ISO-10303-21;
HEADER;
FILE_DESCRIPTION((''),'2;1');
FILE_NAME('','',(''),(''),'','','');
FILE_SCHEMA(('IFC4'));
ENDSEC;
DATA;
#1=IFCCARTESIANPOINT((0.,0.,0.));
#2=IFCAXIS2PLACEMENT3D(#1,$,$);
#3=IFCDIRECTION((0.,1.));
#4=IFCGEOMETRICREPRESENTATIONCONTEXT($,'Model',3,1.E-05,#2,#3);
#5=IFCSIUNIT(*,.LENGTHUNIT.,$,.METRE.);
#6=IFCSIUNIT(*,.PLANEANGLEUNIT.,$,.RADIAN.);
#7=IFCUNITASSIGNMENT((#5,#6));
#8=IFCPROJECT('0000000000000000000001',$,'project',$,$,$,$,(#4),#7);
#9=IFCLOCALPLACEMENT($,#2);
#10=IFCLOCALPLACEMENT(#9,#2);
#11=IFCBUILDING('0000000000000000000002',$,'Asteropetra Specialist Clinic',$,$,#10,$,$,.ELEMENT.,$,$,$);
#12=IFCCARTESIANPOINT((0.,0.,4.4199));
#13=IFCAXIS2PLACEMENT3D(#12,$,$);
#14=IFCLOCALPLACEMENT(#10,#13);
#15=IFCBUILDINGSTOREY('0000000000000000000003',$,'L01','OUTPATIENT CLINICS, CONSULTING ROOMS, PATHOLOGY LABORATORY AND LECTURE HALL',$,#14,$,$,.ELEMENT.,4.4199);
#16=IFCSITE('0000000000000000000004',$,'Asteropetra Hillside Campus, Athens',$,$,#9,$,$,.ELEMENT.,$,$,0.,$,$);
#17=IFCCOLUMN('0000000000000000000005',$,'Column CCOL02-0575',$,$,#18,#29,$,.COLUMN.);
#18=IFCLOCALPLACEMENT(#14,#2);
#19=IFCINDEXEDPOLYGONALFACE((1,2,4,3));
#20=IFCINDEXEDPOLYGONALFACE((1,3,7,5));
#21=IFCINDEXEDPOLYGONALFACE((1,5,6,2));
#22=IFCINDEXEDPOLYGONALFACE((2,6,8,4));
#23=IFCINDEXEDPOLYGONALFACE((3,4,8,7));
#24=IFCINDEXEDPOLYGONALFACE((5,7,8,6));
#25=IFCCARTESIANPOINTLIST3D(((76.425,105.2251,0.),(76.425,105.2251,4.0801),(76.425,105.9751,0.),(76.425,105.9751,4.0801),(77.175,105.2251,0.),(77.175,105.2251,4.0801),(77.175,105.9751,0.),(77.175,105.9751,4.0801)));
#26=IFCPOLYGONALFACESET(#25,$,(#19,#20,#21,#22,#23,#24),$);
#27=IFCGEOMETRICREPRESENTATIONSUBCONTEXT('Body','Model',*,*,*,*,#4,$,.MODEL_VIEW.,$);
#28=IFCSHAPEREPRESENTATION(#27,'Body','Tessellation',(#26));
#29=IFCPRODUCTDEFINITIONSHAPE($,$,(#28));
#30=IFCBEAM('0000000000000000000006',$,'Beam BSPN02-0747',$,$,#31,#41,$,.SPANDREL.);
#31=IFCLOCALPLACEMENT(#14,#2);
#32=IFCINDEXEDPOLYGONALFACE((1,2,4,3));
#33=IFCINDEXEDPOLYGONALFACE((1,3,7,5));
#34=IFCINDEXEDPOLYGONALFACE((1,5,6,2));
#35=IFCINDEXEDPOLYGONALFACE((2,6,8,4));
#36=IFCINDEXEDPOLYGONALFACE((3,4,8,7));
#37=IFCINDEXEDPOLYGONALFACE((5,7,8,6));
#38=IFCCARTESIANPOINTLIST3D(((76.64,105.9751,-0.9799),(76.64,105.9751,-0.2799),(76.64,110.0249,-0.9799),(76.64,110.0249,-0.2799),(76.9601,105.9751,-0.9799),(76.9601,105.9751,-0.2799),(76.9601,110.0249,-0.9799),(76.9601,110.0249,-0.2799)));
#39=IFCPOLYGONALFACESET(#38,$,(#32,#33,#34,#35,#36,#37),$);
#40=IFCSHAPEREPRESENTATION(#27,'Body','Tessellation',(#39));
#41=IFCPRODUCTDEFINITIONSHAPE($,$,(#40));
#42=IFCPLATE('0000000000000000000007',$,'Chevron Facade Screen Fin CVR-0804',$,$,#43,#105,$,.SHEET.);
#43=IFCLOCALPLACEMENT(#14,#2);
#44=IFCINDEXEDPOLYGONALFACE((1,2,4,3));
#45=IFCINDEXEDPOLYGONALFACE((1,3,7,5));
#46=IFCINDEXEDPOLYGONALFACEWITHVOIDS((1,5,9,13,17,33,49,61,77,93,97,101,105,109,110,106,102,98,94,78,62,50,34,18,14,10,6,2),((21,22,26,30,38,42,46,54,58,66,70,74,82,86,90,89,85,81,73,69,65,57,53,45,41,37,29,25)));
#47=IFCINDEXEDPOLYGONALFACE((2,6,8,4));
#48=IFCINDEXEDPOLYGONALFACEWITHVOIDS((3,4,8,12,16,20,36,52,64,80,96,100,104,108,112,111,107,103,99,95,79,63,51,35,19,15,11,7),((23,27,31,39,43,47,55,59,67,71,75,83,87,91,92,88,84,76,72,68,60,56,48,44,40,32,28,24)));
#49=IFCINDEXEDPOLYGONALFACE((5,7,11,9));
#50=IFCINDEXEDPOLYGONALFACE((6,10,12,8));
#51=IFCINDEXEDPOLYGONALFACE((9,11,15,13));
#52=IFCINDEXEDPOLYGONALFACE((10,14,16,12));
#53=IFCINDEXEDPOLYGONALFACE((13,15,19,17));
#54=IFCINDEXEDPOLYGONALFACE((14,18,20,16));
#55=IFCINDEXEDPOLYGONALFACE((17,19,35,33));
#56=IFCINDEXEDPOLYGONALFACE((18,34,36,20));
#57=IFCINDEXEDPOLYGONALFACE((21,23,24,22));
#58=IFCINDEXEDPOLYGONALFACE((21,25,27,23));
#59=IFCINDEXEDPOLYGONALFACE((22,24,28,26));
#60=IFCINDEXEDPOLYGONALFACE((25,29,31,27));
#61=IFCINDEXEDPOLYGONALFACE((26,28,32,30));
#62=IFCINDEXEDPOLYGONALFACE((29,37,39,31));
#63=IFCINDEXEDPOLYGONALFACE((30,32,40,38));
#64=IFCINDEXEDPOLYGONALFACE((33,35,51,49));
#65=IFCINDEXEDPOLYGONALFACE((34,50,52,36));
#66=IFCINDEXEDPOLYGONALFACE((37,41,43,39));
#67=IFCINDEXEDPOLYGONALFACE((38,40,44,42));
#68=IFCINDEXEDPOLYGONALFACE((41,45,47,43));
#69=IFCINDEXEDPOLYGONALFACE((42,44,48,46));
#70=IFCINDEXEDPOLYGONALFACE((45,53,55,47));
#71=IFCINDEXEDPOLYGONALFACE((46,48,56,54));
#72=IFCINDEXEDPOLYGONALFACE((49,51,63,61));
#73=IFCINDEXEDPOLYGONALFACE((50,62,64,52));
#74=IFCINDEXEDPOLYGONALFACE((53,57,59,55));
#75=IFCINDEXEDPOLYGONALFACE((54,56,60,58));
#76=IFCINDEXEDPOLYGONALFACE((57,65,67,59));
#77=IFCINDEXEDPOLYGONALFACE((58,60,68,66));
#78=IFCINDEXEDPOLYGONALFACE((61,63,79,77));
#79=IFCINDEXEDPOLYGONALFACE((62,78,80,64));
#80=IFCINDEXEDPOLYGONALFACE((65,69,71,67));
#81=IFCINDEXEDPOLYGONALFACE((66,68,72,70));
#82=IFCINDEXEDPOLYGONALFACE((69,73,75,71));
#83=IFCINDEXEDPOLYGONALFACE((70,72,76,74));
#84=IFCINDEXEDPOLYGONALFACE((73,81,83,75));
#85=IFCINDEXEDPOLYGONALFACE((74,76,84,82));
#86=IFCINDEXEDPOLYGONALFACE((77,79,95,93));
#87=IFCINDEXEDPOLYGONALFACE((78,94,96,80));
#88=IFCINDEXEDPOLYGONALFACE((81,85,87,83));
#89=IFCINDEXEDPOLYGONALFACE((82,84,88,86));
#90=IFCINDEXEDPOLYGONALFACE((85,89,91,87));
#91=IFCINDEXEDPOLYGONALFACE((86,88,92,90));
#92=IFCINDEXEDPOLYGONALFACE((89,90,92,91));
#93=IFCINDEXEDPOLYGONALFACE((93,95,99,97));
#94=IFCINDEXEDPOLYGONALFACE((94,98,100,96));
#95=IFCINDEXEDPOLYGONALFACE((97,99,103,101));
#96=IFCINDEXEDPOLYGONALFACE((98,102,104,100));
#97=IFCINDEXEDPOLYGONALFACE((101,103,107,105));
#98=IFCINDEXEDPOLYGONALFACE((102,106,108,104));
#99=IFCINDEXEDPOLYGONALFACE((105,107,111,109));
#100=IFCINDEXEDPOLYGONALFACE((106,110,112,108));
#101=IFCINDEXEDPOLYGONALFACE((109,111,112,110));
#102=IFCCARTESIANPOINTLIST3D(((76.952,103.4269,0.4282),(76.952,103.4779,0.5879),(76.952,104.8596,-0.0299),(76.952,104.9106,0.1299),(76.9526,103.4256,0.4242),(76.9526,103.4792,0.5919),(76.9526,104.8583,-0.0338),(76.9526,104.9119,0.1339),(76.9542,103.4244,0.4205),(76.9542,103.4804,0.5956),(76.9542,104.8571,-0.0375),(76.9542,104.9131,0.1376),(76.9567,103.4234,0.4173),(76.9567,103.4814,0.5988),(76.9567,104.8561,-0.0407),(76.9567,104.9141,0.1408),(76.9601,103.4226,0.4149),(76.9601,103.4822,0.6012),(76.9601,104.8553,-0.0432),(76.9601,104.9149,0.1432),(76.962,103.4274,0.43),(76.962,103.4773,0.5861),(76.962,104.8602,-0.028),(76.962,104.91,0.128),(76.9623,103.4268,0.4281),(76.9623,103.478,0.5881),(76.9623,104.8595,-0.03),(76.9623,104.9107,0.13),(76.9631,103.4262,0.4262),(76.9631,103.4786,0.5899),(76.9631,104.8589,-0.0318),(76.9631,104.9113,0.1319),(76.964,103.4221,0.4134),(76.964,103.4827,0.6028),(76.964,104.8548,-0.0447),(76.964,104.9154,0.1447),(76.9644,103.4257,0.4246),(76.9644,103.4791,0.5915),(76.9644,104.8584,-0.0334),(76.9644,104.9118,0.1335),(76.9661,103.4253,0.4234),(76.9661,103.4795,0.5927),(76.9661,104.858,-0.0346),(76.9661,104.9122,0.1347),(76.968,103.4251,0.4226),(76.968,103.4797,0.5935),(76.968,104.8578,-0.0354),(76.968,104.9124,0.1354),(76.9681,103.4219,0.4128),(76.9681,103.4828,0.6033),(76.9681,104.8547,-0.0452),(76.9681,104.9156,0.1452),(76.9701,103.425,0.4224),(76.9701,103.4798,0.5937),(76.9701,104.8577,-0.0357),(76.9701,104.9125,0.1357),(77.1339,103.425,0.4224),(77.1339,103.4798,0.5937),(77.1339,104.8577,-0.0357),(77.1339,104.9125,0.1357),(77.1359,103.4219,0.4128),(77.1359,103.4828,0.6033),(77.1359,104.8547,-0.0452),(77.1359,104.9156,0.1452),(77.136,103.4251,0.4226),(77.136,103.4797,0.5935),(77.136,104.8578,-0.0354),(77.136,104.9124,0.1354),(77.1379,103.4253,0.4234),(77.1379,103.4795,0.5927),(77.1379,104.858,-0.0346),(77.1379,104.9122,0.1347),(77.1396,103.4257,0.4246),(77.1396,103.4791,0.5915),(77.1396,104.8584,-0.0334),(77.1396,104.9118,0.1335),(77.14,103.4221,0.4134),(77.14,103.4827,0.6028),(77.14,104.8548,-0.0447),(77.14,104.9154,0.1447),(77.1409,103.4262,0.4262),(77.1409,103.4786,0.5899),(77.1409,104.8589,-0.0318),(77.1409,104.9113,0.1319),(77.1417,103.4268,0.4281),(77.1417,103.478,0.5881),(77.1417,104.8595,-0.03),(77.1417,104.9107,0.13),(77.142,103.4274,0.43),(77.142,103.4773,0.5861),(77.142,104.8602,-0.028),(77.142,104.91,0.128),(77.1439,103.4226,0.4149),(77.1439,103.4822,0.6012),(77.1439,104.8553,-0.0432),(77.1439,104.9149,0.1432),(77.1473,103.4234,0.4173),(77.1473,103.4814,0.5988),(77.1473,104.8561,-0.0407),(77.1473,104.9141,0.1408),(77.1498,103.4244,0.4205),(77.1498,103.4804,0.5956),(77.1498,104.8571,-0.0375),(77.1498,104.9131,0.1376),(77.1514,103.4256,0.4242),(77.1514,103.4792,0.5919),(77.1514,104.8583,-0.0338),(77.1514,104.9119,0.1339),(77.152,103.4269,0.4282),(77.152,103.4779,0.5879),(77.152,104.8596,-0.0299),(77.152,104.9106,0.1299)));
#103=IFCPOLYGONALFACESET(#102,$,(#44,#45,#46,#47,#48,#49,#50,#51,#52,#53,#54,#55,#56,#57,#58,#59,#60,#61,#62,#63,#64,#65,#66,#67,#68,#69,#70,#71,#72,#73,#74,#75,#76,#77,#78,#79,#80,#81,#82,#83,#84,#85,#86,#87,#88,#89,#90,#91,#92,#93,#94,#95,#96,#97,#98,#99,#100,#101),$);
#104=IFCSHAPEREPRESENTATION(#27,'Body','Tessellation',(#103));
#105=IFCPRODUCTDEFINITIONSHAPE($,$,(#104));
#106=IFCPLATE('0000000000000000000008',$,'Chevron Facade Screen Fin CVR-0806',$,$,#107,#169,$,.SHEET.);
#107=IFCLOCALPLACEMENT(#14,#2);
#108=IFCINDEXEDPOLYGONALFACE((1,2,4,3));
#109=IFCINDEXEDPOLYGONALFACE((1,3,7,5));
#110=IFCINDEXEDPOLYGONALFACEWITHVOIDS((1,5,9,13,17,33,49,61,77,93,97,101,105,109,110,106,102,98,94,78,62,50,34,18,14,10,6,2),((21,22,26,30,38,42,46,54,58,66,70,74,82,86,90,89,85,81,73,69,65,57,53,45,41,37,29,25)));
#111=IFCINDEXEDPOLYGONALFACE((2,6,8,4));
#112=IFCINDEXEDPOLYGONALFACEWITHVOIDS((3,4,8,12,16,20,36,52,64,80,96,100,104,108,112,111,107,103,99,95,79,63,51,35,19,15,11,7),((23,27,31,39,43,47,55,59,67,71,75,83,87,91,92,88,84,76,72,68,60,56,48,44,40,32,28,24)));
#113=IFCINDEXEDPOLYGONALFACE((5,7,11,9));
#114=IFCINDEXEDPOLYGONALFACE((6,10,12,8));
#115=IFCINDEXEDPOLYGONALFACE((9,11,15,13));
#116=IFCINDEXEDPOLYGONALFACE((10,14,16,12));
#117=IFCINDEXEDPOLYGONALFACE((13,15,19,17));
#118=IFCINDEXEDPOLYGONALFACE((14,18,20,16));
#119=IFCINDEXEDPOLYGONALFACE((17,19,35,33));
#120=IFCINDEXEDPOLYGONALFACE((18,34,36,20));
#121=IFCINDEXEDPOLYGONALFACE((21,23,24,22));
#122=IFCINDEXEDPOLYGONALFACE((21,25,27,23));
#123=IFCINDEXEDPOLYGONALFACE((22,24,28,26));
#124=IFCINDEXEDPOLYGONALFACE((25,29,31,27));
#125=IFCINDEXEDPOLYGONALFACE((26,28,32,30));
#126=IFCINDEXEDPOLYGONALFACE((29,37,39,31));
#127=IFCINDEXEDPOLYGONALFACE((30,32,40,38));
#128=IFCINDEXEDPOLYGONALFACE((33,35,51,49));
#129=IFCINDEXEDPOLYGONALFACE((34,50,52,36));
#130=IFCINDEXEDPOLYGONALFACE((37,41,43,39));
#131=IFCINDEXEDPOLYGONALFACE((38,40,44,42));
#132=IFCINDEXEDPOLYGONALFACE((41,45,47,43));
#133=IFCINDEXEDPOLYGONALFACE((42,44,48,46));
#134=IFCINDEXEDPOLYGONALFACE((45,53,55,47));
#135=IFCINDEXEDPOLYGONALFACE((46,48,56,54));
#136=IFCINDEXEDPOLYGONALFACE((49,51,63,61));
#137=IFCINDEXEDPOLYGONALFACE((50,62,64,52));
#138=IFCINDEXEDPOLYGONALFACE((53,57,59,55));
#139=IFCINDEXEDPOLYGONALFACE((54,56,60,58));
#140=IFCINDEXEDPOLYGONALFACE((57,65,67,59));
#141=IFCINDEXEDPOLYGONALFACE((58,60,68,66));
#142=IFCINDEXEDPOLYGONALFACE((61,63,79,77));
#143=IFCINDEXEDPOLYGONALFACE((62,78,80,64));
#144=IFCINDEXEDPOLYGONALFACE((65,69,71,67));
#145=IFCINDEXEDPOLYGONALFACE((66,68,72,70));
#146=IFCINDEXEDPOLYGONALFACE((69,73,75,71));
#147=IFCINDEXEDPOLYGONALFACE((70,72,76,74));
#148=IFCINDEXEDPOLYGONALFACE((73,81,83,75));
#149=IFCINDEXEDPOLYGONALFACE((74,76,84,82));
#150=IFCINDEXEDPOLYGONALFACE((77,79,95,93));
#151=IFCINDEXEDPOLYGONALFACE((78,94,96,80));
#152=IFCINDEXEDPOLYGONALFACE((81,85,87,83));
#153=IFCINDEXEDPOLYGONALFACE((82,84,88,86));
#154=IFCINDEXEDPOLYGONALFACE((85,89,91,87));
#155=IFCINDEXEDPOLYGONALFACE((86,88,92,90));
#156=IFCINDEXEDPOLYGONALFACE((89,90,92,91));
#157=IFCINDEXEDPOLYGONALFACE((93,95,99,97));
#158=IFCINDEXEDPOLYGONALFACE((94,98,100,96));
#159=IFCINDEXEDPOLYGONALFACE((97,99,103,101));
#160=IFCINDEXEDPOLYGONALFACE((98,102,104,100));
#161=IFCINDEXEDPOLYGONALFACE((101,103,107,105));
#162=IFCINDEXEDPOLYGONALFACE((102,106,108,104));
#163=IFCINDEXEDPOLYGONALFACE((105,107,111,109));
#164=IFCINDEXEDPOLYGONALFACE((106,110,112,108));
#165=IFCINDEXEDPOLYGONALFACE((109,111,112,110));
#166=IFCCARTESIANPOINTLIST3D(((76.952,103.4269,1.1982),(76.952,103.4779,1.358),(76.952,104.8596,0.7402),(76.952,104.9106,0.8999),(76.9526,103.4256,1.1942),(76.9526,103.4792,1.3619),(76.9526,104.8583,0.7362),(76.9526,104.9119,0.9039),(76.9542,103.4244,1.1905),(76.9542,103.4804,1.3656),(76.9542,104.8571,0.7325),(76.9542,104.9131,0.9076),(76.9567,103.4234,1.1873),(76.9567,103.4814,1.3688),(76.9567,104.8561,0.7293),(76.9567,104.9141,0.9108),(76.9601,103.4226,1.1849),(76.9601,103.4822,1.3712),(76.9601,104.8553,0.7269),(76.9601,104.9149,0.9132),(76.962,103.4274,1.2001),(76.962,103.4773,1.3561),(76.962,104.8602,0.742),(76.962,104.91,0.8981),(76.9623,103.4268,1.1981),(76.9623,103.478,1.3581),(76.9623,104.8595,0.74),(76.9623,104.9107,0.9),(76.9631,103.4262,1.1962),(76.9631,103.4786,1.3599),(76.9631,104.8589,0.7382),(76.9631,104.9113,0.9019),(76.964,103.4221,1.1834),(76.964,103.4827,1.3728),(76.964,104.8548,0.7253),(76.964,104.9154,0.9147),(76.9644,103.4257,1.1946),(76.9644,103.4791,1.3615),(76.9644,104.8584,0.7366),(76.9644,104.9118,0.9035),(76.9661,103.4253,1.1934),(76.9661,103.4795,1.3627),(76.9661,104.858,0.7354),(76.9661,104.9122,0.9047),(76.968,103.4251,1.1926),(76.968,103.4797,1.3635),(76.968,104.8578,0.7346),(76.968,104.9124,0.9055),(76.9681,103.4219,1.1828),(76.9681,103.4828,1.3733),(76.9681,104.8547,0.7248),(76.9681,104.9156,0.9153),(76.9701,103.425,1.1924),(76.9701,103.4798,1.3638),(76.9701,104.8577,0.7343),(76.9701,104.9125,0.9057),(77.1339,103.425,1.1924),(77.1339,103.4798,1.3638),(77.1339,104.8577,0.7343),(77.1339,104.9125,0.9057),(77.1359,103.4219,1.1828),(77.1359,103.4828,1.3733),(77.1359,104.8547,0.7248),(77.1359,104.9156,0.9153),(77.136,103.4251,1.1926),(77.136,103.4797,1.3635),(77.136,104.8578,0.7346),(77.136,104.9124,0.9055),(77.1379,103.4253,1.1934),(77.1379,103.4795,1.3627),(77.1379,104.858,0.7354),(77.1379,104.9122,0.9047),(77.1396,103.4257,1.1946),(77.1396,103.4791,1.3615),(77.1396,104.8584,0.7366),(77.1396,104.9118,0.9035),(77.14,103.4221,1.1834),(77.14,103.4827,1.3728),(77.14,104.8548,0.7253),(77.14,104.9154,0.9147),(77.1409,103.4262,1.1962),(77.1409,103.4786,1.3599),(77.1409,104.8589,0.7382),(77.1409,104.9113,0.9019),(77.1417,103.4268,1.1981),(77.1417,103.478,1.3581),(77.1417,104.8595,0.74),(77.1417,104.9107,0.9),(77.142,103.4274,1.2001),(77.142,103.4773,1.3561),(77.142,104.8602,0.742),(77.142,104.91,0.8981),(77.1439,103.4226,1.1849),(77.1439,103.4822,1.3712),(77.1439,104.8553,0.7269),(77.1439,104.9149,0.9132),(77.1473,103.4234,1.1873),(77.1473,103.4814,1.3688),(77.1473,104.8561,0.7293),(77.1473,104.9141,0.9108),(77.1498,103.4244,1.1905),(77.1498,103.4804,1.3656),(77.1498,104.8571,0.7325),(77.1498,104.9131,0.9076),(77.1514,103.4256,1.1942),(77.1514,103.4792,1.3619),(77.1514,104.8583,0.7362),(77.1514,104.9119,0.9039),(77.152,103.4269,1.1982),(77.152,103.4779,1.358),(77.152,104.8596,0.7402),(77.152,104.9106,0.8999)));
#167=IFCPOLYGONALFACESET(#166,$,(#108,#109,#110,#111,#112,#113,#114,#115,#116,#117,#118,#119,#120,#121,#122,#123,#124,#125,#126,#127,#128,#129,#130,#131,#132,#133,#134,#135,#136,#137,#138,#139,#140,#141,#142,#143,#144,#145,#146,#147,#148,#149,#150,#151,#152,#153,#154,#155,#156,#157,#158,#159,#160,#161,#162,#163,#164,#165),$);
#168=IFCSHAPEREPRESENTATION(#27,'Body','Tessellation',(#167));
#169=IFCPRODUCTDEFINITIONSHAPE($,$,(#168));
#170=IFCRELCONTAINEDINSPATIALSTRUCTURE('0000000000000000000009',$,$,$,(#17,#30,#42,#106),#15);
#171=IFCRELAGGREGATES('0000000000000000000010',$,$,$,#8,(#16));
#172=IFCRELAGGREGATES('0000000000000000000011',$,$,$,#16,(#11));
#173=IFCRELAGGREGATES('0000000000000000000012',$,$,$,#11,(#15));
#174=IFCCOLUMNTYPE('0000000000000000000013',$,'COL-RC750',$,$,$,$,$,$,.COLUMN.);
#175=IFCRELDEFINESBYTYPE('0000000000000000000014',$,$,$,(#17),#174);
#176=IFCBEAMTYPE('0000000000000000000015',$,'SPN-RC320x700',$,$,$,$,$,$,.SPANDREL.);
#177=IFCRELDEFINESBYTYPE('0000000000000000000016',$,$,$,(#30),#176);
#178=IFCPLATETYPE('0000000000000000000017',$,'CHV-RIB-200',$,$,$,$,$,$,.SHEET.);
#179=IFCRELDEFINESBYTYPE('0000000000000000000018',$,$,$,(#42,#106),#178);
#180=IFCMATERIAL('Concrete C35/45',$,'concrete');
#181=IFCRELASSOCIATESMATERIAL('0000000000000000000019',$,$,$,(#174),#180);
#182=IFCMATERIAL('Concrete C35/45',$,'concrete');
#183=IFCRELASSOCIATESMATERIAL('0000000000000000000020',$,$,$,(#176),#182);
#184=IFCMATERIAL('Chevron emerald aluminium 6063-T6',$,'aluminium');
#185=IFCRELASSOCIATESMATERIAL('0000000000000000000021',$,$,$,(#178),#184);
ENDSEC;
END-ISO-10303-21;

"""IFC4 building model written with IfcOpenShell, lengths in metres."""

from ifc_helpers import new_model, si_unit, direction, frame, origin, origin_2d, place, context, subcontext, project, spatial, rectangle, hollow_rectangle, extrude, material, material_profile, profile_set, type_object, element, save


model = new_model("IFC4")

# Units and contexts
model_context = context("Model", 3, precision=1e-05, world=origin(), true_north=direction((0.0, 1.0)))
body_context = subcontext(model_context, "Body", "Model", "MODEL_VIEW")
ifc_project = project(units=[si_unit("LENGTHUNIT", "METRE"), si_unit("PLANEANGLEUNIT", "RADIAN")], contexts=[model_context])

# Site, building, storey
site_placement = place(None, origin())
site = spatial("IfcSite", under=ifc_project, at=site_placement, Name="Asteropetra Hillside Campus, Athens", CompositionType="ELEMENT", RefElevation=0.0)
building_placement = place(site_placement, origin())
building = spatial("IfcBuilding", under=site, at=building_placement, Name="Asteropetra Specialist Clinic", CompositionType="ELEMENT")
storey_placement = place(building_placement, frame((0.0, 0.0, 4.4199)))
storey = spatial("IfcBuildingStorey", under=building, at=storey_placement, Name="L01", Description="OUTPATIENT CLINICS, CONSULTING ROOMS, PATHOLOGY LABORATORY AND LECTURE HALL", CompositionType="ELEMENT", Elevation=4.4199)

# Column
ifc_material_1 = material(Name="Concrete C35/45", Category="concrete")
ifc_material_profile_1 = material_profile(ifc_material_1, rectangle(XDim=0.75, YDim=0.75, at=origin_2d()), Name="RC 750x750")
ifc_profile_set_1 = profile_set([ifc_material_profile_1], Name="Concrete C35/45")
column_type = type_object("IfcColumnType", Name="COL-RC750", PredefinedType="COLUMN", material=ifc_profile_set_1)
column_placement = place(storey_placement, frame((76.8, 105.6001, 0.0), z_axis=(0.0, 0.0, 1.0), x_axis=(1.0, 0.0, 0.0)))
element("IfcColumn", 1, at=column_placement, inside=storey, type_object=column_type, Name="Column CCOL02-0575", PredefinedType="COLUMN", context=body_context, shape_type="SweptSolid", body=[
    extrude(rectangle(XDim=0.75, YDim=0.75, at=origin_2d()), origin(), (0.0, 0.0, 1.0), 4.0801),
])

# Beam
ifc_material_2 = material(Name="Concrete C35/45", Category="concrete")
ifc_material_profile_2 = material_profile(ifc_material_2, rectangle(XDim=0.3201, YDim=0.7, at=origin_2d()), Name="RCS 320x700")
ifc_profile_set_2 = profile_set([ifc_material_profile_2], Name="Concrete C35/45")
beam_type = type_object("IfcBeamType", Name="SPN-RC320x700", PredefinedType="SPANDREL", material=ifc_profile_set_2)
beam_placement = place(storey_placement, frame((76.8, 105.9751, -0.6299), z_axis=(0.0, 1.0, 0.0), x_axis=(-1.0, 0.0, 0.0)))
element("IfcBeam", 2, at=beam_placement, inside=storey, type_object=beam_type, Name="Beam BSPN02-0747", PredefinedType="SPANDREL", context=body_context, shape_type="SweptSolid", body=[
    extrude(rectangle(XDim=0.3201, YDim=0.7, at=origin_2d()), origin(), (0.0, 0.0, 1.0), 4.0498),
])

# Plates
ifc_material_3 = material(Name="Chevron emerald aluminium 6063-T6", Category="aluminium")
ifc_material_profile_3 = material_profile(ifc_material_3, hollow_rectangle(XDim=0.2, YDim=0.2, WallThickness=0.01, InnerFilletRadius=0.0081, OuterFilletRadius=0.0161, at=origin_2d()), Name="SHS 200x200x10.0")
ifc_profile_set_3 = profile_set([ifc_material_profile_3], Name="Chevron emerald aluminium 6063-T6")
plate_type_1 = type_object("IfcPlateType", Name="CHV-RIB-200", PredefinedType="SHEET", material=ifc_profile_set_3)
for number, where, z_axis, x_axis, name in (
    (3, (77.052, 103.4524, 0.5081), (0.0, 0.952507, -0.304517), (-1.0, 0.0, 0.0), "Chevron Facade Screen Fin CVR-0804"),
    (4, (77.052, 103.4524, 1.2781), (0.0, 0.952507, -0.304517), (-1.0, 0.0, 0.0), "Chevron Facade Screen Fin CVR-0806"),
):
    element("IfcPlate", number, at=place(storey_placement, frame(where, z_axis=z_axis, x_axis=x_axis)), inside=storey, type_object=plate_type_1, Name=name, PredefinedType="SHEET", context=body_context, shape_type="SweptSolid", body=[
        extrude(hollow_rectangle(XDim=0.2, YDim=0.2, WallThickness=0.01, InnerFilletRadius=0.0081, OuterFilletRadius=0.0161, at=origin_2d()), origin(), (0.0, 0.0, 1.0), 1.5042),
    ])

save(model, "model.ifc")
